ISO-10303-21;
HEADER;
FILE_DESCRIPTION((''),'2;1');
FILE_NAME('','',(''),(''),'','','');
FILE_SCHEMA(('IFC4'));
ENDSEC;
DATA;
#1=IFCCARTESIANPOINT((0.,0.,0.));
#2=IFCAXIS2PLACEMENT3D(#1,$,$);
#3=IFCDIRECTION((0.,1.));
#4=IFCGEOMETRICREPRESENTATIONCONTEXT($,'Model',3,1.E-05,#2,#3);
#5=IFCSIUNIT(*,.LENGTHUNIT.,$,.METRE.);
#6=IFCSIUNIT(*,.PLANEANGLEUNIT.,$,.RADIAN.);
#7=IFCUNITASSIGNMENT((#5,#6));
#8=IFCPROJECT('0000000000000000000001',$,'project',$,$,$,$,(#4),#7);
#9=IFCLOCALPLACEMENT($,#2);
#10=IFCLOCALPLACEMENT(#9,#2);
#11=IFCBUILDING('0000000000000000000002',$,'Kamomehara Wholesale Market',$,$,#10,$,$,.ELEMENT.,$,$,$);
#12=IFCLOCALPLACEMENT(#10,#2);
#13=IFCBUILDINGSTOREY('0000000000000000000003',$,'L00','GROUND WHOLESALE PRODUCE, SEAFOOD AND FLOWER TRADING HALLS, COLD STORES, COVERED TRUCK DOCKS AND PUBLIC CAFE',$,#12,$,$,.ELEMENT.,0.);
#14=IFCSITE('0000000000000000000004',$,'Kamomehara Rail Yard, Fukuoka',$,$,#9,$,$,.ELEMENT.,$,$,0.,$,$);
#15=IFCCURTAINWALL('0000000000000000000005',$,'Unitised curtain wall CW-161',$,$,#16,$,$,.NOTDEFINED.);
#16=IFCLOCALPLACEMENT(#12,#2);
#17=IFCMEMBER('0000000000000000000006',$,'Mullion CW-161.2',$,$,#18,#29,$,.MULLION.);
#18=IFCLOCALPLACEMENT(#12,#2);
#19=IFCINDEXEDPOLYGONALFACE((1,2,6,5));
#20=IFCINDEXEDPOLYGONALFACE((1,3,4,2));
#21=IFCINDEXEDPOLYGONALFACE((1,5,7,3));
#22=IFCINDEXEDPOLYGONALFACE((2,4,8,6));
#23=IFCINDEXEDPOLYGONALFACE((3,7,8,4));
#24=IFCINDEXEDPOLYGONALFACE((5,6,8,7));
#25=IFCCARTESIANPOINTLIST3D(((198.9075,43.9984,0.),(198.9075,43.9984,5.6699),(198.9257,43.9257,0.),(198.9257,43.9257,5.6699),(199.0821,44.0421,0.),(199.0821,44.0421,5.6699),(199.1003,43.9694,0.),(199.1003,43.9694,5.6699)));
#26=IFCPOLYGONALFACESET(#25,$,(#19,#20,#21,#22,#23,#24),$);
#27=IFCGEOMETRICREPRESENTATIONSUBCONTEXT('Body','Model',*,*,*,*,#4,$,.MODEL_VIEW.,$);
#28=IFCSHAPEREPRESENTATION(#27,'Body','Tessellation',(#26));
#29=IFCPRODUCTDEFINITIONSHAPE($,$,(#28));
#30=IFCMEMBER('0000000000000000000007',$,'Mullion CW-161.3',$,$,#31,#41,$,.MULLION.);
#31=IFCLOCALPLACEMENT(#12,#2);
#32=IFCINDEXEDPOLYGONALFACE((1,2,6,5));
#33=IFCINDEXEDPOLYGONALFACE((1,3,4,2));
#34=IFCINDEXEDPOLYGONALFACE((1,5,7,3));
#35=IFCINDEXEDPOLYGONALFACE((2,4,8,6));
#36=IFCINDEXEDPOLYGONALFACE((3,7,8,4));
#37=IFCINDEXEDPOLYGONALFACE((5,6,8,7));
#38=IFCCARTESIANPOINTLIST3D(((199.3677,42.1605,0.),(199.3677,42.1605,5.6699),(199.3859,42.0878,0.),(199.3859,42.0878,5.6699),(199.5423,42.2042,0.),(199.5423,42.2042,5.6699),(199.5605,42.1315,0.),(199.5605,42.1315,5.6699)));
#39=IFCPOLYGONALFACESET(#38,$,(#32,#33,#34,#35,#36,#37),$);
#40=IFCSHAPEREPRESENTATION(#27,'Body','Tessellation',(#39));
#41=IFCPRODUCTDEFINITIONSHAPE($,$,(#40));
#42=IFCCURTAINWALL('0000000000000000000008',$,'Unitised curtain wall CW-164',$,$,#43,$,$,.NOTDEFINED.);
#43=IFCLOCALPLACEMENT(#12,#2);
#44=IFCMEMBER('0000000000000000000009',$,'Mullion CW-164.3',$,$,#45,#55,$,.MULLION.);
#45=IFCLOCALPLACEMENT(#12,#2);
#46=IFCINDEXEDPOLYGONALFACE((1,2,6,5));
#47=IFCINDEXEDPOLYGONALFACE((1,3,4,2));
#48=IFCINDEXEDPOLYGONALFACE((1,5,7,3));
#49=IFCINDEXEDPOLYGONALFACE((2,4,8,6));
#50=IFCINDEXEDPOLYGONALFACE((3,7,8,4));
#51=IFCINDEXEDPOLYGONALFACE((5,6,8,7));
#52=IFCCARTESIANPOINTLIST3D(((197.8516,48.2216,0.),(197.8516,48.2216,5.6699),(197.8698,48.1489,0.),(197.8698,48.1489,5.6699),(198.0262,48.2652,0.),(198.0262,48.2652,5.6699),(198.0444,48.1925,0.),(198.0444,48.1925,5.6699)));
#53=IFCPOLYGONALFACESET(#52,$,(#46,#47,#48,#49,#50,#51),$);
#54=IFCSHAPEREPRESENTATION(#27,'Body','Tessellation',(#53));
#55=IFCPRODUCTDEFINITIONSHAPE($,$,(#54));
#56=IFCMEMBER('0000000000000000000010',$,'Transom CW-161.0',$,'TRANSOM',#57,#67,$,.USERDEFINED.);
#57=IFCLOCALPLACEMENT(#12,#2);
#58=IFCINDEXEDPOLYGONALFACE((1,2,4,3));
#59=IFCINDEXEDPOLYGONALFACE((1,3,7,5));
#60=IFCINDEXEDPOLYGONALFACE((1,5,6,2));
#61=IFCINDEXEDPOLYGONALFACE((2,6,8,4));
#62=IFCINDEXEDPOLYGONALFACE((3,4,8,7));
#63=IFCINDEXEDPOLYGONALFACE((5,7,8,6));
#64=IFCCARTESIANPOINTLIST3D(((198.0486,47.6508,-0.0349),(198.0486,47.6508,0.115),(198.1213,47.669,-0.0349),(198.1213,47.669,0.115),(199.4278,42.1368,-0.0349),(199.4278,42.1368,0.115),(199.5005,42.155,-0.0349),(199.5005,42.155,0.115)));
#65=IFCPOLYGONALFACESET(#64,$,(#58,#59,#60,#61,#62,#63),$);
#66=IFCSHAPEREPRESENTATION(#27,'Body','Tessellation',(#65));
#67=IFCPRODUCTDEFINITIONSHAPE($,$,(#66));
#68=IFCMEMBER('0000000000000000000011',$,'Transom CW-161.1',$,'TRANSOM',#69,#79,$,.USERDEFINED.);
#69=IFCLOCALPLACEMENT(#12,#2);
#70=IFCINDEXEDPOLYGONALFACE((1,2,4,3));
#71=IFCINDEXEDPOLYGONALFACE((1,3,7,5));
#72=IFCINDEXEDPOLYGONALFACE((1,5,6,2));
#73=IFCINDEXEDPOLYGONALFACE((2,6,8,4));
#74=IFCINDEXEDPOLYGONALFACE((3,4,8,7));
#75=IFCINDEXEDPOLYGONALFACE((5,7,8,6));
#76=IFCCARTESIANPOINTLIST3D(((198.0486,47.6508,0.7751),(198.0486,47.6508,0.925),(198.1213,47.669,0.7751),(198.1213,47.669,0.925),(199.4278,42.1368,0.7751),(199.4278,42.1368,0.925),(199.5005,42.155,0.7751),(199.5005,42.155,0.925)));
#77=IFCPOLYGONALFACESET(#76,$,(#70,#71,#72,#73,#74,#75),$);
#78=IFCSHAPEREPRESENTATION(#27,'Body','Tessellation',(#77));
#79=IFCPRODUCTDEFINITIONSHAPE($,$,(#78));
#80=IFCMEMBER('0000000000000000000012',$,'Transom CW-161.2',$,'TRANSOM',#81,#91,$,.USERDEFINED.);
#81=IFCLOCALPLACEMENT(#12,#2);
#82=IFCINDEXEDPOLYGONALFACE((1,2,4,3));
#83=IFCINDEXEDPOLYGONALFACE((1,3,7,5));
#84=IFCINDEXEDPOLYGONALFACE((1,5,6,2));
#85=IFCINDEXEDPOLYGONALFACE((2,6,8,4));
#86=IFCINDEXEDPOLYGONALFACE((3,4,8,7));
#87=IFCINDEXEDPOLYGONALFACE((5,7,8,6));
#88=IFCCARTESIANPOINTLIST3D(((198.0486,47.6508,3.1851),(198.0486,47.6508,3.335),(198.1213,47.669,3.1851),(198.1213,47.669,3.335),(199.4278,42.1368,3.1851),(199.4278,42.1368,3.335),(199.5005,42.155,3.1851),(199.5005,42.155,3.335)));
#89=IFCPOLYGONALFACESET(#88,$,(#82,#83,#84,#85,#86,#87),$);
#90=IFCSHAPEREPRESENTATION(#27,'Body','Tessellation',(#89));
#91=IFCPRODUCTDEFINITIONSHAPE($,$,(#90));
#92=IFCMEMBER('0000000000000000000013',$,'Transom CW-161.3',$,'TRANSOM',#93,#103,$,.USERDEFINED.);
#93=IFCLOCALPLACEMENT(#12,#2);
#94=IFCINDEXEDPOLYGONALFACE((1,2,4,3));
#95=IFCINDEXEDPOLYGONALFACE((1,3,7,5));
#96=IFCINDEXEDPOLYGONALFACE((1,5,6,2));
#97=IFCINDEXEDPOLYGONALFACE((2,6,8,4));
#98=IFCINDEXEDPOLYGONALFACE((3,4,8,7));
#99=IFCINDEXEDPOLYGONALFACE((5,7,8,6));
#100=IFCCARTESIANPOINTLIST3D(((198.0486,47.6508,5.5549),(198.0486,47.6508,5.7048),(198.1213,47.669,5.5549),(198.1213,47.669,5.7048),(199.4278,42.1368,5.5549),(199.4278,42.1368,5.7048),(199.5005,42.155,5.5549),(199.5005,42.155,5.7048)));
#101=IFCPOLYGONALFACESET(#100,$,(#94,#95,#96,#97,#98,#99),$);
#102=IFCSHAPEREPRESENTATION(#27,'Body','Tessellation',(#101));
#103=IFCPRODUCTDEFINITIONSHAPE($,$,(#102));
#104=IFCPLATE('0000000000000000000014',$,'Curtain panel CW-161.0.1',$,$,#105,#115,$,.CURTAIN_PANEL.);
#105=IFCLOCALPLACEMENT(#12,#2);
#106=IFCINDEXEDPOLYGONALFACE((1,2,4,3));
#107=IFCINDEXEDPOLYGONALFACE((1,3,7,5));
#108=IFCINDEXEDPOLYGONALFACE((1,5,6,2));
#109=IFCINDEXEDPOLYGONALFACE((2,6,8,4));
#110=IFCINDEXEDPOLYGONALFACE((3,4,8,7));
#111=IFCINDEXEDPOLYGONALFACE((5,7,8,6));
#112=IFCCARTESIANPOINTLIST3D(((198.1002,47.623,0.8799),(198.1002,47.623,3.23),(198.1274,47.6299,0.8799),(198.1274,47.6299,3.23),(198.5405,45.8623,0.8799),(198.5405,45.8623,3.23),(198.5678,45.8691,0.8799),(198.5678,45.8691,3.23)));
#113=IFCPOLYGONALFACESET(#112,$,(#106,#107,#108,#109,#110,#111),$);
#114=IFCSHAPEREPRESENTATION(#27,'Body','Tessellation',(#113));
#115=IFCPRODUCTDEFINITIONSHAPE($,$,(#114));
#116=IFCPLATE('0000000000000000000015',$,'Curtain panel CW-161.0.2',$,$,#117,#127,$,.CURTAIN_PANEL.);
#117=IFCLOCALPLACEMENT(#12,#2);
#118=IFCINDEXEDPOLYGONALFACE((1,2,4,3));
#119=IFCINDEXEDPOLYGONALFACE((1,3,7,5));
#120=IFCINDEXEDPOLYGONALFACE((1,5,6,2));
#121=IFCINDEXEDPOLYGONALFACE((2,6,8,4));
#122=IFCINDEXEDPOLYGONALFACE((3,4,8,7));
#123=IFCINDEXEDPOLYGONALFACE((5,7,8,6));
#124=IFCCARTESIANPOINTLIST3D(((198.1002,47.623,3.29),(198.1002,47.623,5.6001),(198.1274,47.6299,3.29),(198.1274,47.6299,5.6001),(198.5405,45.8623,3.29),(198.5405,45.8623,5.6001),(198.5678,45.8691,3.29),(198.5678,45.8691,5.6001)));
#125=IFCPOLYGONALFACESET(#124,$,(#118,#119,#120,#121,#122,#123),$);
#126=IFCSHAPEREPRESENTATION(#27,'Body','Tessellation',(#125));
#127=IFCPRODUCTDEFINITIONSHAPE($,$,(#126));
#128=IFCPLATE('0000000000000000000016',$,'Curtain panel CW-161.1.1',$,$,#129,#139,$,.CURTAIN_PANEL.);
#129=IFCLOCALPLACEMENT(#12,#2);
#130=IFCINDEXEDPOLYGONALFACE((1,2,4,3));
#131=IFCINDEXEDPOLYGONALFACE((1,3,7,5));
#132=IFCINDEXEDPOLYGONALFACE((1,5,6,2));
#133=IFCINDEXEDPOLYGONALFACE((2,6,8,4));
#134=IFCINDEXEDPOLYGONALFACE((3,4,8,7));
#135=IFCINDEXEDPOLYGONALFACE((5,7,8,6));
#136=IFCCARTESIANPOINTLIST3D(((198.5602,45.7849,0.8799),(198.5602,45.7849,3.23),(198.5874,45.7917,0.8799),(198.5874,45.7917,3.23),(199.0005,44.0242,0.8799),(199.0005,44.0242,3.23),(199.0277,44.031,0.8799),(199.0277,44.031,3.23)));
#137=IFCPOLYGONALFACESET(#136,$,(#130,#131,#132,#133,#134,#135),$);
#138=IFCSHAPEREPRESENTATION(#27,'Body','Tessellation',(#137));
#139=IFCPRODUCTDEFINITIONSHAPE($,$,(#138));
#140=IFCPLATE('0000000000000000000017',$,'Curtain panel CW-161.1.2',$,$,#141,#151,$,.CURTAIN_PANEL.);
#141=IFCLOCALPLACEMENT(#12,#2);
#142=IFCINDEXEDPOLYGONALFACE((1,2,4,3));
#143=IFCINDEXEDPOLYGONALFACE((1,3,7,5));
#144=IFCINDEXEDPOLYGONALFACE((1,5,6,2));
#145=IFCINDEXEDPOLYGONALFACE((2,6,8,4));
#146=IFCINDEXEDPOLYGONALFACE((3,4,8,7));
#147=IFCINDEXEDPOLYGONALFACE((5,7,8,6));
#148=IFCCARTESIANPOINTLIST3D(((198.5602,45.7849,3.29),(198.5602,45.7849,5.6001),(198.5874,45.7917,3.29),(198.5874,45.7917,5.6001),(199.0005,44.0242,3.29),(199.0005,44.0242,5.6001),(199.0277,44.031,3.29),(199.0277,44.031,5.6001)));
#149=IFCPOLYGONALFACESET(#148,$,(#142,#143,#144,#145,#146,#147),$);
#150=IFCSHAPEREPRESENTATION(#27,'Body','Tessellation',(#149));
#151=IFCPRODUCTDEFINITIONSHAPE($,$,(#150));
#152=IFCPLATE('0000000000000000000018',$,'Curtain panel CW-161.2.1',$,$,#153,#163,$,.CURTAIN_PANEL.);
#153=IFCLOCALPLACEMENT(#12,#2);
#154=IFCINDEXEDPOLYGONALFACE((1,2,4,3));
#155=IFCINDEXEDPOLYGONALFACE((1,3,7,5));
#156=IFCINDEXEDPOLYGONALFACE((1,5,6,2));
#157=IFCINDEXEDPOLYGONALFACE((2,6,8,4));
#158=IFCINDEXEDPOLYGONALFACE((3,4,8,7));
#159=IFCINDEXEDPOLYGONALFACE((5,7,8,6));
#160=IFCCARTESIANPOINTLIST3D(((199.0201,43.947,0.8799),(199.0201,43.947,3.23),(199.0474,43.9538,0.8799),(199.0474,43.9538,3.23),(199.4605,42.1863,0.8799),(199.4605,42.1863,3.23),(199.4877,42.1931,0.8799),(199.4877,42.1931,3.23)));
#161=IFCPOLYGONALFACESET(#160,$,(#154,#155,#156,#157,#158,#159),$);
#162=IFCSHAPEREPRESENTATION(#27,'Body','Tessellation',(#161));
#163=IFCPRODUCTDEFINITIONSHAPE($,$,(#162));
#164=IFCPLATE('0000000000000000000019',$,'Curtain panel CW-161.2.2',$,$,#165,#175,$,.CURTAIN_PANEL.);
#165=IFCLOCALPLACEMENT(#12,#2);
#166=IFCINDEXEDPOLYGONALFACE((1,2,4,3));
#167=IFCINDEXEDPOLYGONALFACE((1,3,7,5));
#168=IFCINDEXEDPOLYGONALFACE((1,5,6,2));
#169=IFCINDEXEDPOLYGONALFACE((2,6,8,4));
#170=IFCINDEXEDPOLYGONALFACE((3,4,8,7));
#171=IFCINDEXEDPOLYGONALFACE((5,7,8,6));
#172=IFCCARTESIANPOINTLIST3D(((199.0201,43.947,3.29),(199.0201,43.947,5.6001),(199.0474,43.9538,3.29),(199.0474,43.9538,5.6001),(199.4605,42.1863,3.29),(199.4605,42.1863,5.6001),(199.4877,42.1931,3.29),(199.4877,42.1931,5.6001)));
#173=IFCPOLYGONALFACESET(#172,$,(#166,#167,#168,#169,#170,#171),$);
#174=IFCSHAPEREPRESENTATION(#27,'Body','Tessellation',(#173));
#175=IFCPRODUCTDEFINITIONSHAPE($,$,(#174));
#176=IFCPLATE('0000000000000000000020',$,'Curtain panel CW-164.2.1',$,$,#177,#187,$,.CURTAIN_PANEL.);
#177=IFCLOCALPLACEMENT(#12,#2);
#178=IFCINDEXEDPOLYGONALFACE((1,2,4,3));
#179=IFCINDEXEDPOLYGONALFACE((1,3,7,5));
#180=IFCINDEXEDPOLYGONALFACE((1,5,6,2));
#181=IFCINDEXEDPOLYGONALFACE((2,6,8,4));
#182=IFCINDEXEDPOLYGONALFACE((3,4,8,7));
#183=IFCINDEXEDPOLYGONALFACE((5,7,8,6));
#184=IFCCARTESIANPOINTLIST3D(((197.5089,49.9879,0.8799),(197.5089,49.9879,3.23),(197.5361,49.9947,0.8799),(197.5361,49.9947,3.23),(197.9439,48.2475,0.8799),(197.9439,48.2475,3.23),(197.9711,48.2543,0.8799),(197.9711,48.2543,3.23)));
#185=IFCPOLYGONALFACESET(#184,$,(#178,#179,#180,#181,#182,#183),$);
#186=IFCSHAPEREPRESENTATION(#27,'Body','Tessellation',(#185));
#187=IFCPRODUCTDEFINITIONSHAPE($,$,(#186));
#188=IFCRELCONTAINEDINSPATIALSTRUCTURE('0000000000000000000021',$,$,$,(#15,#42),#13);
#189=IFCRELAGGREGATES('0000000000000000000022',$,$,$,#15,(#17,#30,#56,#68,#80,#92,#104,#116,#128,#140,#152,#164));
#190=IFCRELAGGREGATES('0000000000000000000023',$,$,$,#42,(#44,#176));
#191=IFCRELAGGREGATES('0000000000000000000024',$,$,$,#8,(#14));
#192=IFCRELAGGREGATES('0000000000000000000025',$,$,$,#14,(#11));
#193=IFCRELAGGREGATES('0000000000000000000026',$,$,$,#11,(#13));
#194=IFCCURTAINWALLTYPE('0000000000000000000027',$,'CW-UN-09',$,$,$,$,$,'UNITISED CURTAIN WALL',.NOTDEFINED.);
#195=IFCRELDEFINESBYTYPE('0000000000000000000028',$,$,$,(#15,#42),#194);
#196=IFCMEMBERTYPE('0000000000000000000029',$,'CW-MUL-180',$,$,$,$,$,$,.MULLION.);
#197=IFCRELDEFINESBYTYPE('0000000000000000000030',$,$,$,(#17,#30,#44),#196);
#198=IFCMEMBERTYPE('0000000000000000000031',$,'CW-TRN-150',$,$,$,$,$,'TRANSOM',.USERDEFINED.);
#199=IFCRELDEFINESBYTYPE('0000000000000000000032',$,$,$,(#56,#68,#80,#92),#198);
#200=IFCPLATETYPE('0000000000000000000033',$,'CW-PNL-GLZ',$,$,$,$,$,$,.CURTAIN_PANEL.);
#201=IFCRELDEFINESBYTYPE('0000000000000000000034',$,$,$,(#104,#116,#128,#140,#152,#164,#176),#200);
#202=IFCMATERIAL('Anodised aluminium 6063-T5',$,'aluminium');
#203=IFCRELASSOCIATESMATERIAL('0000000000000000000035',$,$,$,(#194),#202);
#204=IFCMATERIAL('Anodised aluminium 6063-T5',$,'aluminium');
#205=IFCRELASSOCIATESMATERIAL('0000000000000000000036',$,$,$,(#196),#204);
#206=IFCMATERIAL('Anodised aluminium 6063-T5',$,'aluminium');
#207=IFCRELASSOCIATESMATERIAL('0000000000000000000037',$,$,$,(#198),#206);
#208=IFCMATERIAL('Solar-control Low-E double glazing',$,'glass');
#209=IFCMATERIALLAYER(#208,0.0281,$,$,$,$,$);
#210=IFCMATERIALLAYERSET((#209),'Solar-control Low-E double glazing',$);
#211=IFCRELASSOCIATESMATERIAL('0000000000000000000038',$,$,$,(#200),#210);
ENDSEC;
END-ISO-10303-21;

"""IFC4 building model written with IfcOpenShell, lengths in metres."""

from ifc_helpers import new_model, si_unit, direction, frame, origin, origin_2d, place, context, subcontext, project, spatial, rectangle, extrude, material, layer, layer_set, material_profile, profile_set, type_object, element, aggregate, save


model = new_model("IFC4")

# Units and contexts
model_context = context("Model", 3, precision=1e-05, world=origin(), true_north=direction((0.0, 1.0)))
body_context = subcontext(model_context, "Body", "Model", "MODEL_VIEW")
ifc_project = project(units=[si_unit("LENGTHUNIT", "METRE"), si_unit("PLANEANGLEUNIT", "RADIAN")], contexts=[model_context])

# Site, building, storey
site_placement = place(None, origin())
site = spatial("IfcSite", under=ifc_project, at=site_placement, Name="Kamomehara Rail Yard, Fukuoka", CompositionType="ELEMENT", RefElevation=0.0)
building_placement = place(site_placement, origin())
building = spatial("IfcBuilding", under=site, at=building_placement, Name="Kamomehara Wholesale Market", CompositionType="ELEMENT")
storey_placement = place(building_placement, origin())
storey = spatial("IfcBuildingStorey", under=building, at=storey_placement, Name="L00", Description="GROUND WHOLESALE PRODUCE, SEAFOOD AND FLOWER TRADING HALLS, COLD STORES, COVERED TRUCK DOCKS AND PUBLIC CAFE", CompositionType="ELEMENT", Elevation=0.0)

# Curtain wall, members
ifc_material_1 = material(Name="Anodised aluminium 6063-T5", Category="aluminium")
curtain_wall_type = type_object("IfcCurtainWallType", Name="CW-UN-09", ElementType="UNITISED CURTAIN WALL", PredefinedType="NOTDEFINED", material=ifc_material_1)
curtain_wall_1_placement = place(storey_placement, origin())
curtain_wall_1 = element("IfcCurtainWall", 1, at=curtain_wall_1_placement, inside=storey, type_object=curtain_wall_type, Name="Unitised curtain wall CW-161", PredefinedType="NOTDEFINED")
ifc_material_2 = material(Name="Anodised aluminium 6063-T5", Category="aluminium")
ifc_material_profile_1 = material_profile(ifc_material_2, rectangle(XDim=0.075, YDim=0.1799, at=origin_2d()), Name="ALU-MUL-75x180")
ifc_profile_set_1 = profile_set([ifc_material_profile_1], Name="Anodised aluminium 6063-T5")
member_type_1 = type_object("IfcMemberType", Name="CW-MUL-180", PredefinedType="MULLION", material=ifc_profile_set_1)
member_1_placement = place(storey_placement, frame((199.0039, 43.9839, 0.0), z_axis=(0.0, 0.0, 1.0), x_axis=(0.242618, -0.970122, 0.0)))
member_1 = element("IfcMember", 2, at=member_1_placement, type_object=member_type_1, Name="Mullion CW-161.2", PredefinedType="MULLION", context=body_context, shape_type="SweptSolid", body=[
    extrude(rectangle(XDim=0.075, YDim=0.1799, at=origin_2d()), origin(), (0.0, 0.0, 1.0), 5.6699),
])
member_2_placement = place(storey_placement, frame((199.4641, 42.146, 0.0), z_axis=(0.0, 0.0, 1.0), x_axis=(0.242618, -0.970122, 0.0)))
member_2 = element("IfcMember", 3, at=member_2_placement, type_object=member_type_1, Name="Mullion CW-161.3", PredefinedType="MULLION", context=body_context, shape_type="SweptSolid", body=[
    extrude(rectangle(XDim=0.075, YDim=0.1799, at=origin_2d()), origin(), (0.0, 0.0, 1.0), 5.6699),
])

# Curtain wall, member
curtain_wall_2_placement = place(storey_placement, origin())
curtain_wall_2 = element("IfcCurtainWall", 4, at=curtain_wall_2_placement, inside=storey, type_object=curtain_wall_type, Name="Unitised curtain wall CW-164", PredefinedType="NOTDEFINED")
member_3_placement = place(storey_placement, frame((197.948, 48.207, 0.0), z_axis=(0.0, 0.0, 1.0), x_axis=(0.242494, -0.970153, 0.0)))
member_3 = element("IfcMember", 5, at=member_3_placement, type_object=member_type_1, Name="Mullion CW-164.3", PredefinedType="MULLION", context=body_context, shape_type="SweptSolid", body=[
    extrude(rectangle(XDim=0.075, YDim=0.1799, at=origin_2d()), origin(), (0.0, 0.0, 1.0), 5.6699),
])

# Members
ifc_material_3 = material(Name="Anodised aluminium 6063-T5", Category="aluminium")
ifc_material_profile_2 = material_profile(ifc_material_3, rectangle(XDim=0.075, YDim=0.1499, at=origin_2d()), Name="ALU-TRN-75x150")
ifc_profile_set_2 = profile_set([ifc_material_profile_2], Name="Anodised aluminium 6063-T5")
member_type_2 = type_object("IfcMemberType", Name="CW-TRN-150", ElementType="TRANSOM", PredefinedType="USERDEFINED", material=ifc_profile_set_2)
member_4_placement = place(storey_placement, frame((198.085, 47.6599, 0.04), z_axis=(0.242647, -0.970115, 0.0), x_axis=(0.970115, 0.242647, 0.0)))
member_4 = element("IfcMember", 6, at=member_4_placement, type_object=member_type_2, Name="Transom CW-161.0", ObjectType="TRANSOM", PredefinedType="USERDEFINED", context=body_context, shape_type="SweptSolid", body=[
    extrude(rectangle(XDim=0.075, YDim=0.1499, at=origin_2d()), origin(), (0.0, 0.0, 1.0), 5.6838),
])
member_5_placement = place(storey_placement, frame((198.085, 47.6599, 0.8501), z_axis=(0.242647, -0.970115, 0.0), x_axis=(0.970115, 0.242647, 0.0)))
member_5 = element("IfcMember", 7, at=member_5_placement, type_object=member_type_2, Name="Transom CW-161.1", ObjectType="TRANSOM", PredefinedType="USERDEFINED", context=body_context, shape_type="SweptSolid", body=[
    extrude(rectangle(XDim=0.075, YDim=0.1499, at=origin_2d()), origin(), (0.0, 0.0, 1.0), 5.6838),
])
member_6_placement = place(storey_placement, frame((198.085, 47.6599, 3.26), z_axis=(0.242647, -0.970115, 0.0), x_axis=(0.970115, 0.242647, 0.0)))
member_6 = element("IfcMember", 8, at=member_6_placement, type_object=member_type_2, Name="Transom CW-161.2", ObjectType="TRANSOM", PredefinedType="USERDEFINED", context=body_context, shape_type="SweptSolid", body=[
    extrude(rectangle(XDim=0.075, YDim=0.1499, at=origin_2d()), origin(), (0.0, 0.0, 1.0), 5.6838),
])
member_7_placement = place(storey_placement, frame((198.085, 47.6599, 5.6299), z_axis=(0.242647, -0.970115, 0.0), x_axis=(0.970115, 0.242647, 0.0)))
member_7 = element("IfcMember", 9, at=member_7_placement, type_object=member_type_2, Name="Transom CW-161.3", ObjectType="TRANSOM", PredefinedType="USERDEFINED", context=body_context, shape_type="SweptSolid", body=[
    extrude(rectangle(XDim=0.075, YDim=0.1499, at=origin_2d()), origin(), (0.0, 0.0, 1.0), 5.6838),
])

# Plates
ifc_material_4 = material(Name="Solar-control Low-E double glazing", Category="glass")
ifc_layer_1 = layer(ifc_material_4, 0.0281)
ifc_layer_set_1 = layer_set([ifc_layer_1], Name="Solar-control Low-E double glazing")
plate_type_1 = type_object("IfcPlateType", Name="CW-PNL-GLZ", PredefinedType="CURTAIN_PANEL", material=ifc_layer_set_1)
plate_1_placement = place(storey_placement, frame((198.334, 46.7461, 0.8799), z_axis=(0.0, 0.0, 1.0), x_axis=(0.242616, -0.970122, 0.0)))
plate_1 = element("IfcPlate", 10, at=plate_1_placement, type_object=plate_type_1, Name="Curtain panel CW-161.0.1", PredefinedType="CURTAIN_PANEL", context=body_context, shape_type="SweptSolid", body=[
    extrude(rectangle(XDim=1.8149, YDim=0.0281, at=origin_2d()), origin(), (0.0, 0.0, 1.0), 2.3501),
])
plate_2_placement = place(storey_placement, frame((198.334, 46.7461, 3.29), z_axis=(0.0, 0.0, 1.0), x_axis=(0.242616, -0.970122, 0.0)))
plate_2 = element("IfcPlate", 11, at=plate_2_placement, type_object=plate_type_1, Name="Curtain panel CW-161.0.2", PredefinedType="CURTAIN_PANEL", context=body_context, shape_type="SweptSolid", body=[
    extrude(rectangle(XDim=1.8149, YDim=0.0281, at=origin_2d()), origin(), (0.0, 0.0, 1.0), 2.3101),
])
plate_3_placement = place(storey_placement, frame((198.7939, 44.908, 0.8799), z_axis=(0.0, 0.0, 1.0), x_axis=(0.242616, -0.970122, 0.0)))
plate_3 = element("IfcPlate", 12, at=plate_3_placement, type_object=plate_type_1, Name="Curtain panel CW-161.1.1", PredefinedType="CURTAIN_PANEL", context=body_context, shape_type="SweptSolid", body=[
    extrude(rectangle(XDim=1.8149, YDim=0.0281, at=origin_2d()), origin(), (0.0, 0.0, 1.0), 2.3501),
])
plate_4_placement = place(storey_placement, frame((198.7939, 44.908, 3.29), z_axis=(0.0, 0.0, 1.0), x_axis=(0.242616, -0.970122, 0.0)))
plate_4 = element("IfcPlate", 13, at=plate_4_placement, type_object=plate_type_1, Name="Curtain panel CW-161.1.2", PredefinedType="CURTAIN_PANEL", context=body_context, shape_type="SweptSolid", body=[
    extrude(rectangle(XDim=1.8149, YDim=0.0281, at=origin_2d()), origin(), (0.0, 0.0, 1.0), 2.3101),
])
plate_5_placement = place(storey_placement, frame((199.2539, 43.0701, 0.8799), z_axis=(0.0, 0.0, 1.0), x_axis=(0.242616, -0.970122, 0.0)))
plate_5 = element("IfcPlate", 14, at=plate_5_placement, type_object=plate_type_1, Name="Curtain panel CW-161.2.1", PredefinedType="CURTAIN_PANEL", context=body_context, shape_type="SweptSolid", body=[
    extrude(rectangle(XDim=1.8149, YDim=0.0281, at=origin_2d()), origin(), (0.0, 0.0, 1.0), 2.3501),
])
plate_6_placement = place(storey_placement, frame((199.2539, 43.0701, 3.29), z_axis=(0.0, 0.0, 1.0), x_axis=(0.242616, -0.970122, 0.0)))
plate_6 = element("IfcPlate", 15, at=plate_6_placement, type_object=plate_type_1, Name="Curtain panel CW-161.2.2", PredefinedType="CURTAIN_PANEL", context=body_context, shape_type="SweptSolid", body=[
    extrude(rectangle(XDim=1.8149, YDim=0.0281, at=origin_2d()), origin(), (0.0, 0.0, 1.0), 2.3101),
])
plate_7_placement = place(storey_placement, frame((197.74, 49.1211, 0.8799), z_axis=(0.0, 0.0, 1.0), x_axis=(0.242498, -0.970152, 0.0)))
plate_7 = element("IfcPlate", 16, at=plate_7_placement, type_object=plate_type_1, Name="Curtain panel CW-164.2.1", PredefinedType="CURTAIN_PANEL", context=body_context, shape_type="SweptSolid", body=[
    extrude(rectangle(XDim=1.7939, YDim=0.0281, at=origin_2d()), origin(), (0.0, 0.0, 1.0), 2.3501),
])
aggregate(curtain_wall_1, [member_1, member_2, member_4, member_5, member_6, member_7, plate_1, plate_2, plate_3, plate_4, plate_5, plate_6])
aggregate(curtain_wall_2, [member_3, plate_7])

save(model, "model.ifc")
